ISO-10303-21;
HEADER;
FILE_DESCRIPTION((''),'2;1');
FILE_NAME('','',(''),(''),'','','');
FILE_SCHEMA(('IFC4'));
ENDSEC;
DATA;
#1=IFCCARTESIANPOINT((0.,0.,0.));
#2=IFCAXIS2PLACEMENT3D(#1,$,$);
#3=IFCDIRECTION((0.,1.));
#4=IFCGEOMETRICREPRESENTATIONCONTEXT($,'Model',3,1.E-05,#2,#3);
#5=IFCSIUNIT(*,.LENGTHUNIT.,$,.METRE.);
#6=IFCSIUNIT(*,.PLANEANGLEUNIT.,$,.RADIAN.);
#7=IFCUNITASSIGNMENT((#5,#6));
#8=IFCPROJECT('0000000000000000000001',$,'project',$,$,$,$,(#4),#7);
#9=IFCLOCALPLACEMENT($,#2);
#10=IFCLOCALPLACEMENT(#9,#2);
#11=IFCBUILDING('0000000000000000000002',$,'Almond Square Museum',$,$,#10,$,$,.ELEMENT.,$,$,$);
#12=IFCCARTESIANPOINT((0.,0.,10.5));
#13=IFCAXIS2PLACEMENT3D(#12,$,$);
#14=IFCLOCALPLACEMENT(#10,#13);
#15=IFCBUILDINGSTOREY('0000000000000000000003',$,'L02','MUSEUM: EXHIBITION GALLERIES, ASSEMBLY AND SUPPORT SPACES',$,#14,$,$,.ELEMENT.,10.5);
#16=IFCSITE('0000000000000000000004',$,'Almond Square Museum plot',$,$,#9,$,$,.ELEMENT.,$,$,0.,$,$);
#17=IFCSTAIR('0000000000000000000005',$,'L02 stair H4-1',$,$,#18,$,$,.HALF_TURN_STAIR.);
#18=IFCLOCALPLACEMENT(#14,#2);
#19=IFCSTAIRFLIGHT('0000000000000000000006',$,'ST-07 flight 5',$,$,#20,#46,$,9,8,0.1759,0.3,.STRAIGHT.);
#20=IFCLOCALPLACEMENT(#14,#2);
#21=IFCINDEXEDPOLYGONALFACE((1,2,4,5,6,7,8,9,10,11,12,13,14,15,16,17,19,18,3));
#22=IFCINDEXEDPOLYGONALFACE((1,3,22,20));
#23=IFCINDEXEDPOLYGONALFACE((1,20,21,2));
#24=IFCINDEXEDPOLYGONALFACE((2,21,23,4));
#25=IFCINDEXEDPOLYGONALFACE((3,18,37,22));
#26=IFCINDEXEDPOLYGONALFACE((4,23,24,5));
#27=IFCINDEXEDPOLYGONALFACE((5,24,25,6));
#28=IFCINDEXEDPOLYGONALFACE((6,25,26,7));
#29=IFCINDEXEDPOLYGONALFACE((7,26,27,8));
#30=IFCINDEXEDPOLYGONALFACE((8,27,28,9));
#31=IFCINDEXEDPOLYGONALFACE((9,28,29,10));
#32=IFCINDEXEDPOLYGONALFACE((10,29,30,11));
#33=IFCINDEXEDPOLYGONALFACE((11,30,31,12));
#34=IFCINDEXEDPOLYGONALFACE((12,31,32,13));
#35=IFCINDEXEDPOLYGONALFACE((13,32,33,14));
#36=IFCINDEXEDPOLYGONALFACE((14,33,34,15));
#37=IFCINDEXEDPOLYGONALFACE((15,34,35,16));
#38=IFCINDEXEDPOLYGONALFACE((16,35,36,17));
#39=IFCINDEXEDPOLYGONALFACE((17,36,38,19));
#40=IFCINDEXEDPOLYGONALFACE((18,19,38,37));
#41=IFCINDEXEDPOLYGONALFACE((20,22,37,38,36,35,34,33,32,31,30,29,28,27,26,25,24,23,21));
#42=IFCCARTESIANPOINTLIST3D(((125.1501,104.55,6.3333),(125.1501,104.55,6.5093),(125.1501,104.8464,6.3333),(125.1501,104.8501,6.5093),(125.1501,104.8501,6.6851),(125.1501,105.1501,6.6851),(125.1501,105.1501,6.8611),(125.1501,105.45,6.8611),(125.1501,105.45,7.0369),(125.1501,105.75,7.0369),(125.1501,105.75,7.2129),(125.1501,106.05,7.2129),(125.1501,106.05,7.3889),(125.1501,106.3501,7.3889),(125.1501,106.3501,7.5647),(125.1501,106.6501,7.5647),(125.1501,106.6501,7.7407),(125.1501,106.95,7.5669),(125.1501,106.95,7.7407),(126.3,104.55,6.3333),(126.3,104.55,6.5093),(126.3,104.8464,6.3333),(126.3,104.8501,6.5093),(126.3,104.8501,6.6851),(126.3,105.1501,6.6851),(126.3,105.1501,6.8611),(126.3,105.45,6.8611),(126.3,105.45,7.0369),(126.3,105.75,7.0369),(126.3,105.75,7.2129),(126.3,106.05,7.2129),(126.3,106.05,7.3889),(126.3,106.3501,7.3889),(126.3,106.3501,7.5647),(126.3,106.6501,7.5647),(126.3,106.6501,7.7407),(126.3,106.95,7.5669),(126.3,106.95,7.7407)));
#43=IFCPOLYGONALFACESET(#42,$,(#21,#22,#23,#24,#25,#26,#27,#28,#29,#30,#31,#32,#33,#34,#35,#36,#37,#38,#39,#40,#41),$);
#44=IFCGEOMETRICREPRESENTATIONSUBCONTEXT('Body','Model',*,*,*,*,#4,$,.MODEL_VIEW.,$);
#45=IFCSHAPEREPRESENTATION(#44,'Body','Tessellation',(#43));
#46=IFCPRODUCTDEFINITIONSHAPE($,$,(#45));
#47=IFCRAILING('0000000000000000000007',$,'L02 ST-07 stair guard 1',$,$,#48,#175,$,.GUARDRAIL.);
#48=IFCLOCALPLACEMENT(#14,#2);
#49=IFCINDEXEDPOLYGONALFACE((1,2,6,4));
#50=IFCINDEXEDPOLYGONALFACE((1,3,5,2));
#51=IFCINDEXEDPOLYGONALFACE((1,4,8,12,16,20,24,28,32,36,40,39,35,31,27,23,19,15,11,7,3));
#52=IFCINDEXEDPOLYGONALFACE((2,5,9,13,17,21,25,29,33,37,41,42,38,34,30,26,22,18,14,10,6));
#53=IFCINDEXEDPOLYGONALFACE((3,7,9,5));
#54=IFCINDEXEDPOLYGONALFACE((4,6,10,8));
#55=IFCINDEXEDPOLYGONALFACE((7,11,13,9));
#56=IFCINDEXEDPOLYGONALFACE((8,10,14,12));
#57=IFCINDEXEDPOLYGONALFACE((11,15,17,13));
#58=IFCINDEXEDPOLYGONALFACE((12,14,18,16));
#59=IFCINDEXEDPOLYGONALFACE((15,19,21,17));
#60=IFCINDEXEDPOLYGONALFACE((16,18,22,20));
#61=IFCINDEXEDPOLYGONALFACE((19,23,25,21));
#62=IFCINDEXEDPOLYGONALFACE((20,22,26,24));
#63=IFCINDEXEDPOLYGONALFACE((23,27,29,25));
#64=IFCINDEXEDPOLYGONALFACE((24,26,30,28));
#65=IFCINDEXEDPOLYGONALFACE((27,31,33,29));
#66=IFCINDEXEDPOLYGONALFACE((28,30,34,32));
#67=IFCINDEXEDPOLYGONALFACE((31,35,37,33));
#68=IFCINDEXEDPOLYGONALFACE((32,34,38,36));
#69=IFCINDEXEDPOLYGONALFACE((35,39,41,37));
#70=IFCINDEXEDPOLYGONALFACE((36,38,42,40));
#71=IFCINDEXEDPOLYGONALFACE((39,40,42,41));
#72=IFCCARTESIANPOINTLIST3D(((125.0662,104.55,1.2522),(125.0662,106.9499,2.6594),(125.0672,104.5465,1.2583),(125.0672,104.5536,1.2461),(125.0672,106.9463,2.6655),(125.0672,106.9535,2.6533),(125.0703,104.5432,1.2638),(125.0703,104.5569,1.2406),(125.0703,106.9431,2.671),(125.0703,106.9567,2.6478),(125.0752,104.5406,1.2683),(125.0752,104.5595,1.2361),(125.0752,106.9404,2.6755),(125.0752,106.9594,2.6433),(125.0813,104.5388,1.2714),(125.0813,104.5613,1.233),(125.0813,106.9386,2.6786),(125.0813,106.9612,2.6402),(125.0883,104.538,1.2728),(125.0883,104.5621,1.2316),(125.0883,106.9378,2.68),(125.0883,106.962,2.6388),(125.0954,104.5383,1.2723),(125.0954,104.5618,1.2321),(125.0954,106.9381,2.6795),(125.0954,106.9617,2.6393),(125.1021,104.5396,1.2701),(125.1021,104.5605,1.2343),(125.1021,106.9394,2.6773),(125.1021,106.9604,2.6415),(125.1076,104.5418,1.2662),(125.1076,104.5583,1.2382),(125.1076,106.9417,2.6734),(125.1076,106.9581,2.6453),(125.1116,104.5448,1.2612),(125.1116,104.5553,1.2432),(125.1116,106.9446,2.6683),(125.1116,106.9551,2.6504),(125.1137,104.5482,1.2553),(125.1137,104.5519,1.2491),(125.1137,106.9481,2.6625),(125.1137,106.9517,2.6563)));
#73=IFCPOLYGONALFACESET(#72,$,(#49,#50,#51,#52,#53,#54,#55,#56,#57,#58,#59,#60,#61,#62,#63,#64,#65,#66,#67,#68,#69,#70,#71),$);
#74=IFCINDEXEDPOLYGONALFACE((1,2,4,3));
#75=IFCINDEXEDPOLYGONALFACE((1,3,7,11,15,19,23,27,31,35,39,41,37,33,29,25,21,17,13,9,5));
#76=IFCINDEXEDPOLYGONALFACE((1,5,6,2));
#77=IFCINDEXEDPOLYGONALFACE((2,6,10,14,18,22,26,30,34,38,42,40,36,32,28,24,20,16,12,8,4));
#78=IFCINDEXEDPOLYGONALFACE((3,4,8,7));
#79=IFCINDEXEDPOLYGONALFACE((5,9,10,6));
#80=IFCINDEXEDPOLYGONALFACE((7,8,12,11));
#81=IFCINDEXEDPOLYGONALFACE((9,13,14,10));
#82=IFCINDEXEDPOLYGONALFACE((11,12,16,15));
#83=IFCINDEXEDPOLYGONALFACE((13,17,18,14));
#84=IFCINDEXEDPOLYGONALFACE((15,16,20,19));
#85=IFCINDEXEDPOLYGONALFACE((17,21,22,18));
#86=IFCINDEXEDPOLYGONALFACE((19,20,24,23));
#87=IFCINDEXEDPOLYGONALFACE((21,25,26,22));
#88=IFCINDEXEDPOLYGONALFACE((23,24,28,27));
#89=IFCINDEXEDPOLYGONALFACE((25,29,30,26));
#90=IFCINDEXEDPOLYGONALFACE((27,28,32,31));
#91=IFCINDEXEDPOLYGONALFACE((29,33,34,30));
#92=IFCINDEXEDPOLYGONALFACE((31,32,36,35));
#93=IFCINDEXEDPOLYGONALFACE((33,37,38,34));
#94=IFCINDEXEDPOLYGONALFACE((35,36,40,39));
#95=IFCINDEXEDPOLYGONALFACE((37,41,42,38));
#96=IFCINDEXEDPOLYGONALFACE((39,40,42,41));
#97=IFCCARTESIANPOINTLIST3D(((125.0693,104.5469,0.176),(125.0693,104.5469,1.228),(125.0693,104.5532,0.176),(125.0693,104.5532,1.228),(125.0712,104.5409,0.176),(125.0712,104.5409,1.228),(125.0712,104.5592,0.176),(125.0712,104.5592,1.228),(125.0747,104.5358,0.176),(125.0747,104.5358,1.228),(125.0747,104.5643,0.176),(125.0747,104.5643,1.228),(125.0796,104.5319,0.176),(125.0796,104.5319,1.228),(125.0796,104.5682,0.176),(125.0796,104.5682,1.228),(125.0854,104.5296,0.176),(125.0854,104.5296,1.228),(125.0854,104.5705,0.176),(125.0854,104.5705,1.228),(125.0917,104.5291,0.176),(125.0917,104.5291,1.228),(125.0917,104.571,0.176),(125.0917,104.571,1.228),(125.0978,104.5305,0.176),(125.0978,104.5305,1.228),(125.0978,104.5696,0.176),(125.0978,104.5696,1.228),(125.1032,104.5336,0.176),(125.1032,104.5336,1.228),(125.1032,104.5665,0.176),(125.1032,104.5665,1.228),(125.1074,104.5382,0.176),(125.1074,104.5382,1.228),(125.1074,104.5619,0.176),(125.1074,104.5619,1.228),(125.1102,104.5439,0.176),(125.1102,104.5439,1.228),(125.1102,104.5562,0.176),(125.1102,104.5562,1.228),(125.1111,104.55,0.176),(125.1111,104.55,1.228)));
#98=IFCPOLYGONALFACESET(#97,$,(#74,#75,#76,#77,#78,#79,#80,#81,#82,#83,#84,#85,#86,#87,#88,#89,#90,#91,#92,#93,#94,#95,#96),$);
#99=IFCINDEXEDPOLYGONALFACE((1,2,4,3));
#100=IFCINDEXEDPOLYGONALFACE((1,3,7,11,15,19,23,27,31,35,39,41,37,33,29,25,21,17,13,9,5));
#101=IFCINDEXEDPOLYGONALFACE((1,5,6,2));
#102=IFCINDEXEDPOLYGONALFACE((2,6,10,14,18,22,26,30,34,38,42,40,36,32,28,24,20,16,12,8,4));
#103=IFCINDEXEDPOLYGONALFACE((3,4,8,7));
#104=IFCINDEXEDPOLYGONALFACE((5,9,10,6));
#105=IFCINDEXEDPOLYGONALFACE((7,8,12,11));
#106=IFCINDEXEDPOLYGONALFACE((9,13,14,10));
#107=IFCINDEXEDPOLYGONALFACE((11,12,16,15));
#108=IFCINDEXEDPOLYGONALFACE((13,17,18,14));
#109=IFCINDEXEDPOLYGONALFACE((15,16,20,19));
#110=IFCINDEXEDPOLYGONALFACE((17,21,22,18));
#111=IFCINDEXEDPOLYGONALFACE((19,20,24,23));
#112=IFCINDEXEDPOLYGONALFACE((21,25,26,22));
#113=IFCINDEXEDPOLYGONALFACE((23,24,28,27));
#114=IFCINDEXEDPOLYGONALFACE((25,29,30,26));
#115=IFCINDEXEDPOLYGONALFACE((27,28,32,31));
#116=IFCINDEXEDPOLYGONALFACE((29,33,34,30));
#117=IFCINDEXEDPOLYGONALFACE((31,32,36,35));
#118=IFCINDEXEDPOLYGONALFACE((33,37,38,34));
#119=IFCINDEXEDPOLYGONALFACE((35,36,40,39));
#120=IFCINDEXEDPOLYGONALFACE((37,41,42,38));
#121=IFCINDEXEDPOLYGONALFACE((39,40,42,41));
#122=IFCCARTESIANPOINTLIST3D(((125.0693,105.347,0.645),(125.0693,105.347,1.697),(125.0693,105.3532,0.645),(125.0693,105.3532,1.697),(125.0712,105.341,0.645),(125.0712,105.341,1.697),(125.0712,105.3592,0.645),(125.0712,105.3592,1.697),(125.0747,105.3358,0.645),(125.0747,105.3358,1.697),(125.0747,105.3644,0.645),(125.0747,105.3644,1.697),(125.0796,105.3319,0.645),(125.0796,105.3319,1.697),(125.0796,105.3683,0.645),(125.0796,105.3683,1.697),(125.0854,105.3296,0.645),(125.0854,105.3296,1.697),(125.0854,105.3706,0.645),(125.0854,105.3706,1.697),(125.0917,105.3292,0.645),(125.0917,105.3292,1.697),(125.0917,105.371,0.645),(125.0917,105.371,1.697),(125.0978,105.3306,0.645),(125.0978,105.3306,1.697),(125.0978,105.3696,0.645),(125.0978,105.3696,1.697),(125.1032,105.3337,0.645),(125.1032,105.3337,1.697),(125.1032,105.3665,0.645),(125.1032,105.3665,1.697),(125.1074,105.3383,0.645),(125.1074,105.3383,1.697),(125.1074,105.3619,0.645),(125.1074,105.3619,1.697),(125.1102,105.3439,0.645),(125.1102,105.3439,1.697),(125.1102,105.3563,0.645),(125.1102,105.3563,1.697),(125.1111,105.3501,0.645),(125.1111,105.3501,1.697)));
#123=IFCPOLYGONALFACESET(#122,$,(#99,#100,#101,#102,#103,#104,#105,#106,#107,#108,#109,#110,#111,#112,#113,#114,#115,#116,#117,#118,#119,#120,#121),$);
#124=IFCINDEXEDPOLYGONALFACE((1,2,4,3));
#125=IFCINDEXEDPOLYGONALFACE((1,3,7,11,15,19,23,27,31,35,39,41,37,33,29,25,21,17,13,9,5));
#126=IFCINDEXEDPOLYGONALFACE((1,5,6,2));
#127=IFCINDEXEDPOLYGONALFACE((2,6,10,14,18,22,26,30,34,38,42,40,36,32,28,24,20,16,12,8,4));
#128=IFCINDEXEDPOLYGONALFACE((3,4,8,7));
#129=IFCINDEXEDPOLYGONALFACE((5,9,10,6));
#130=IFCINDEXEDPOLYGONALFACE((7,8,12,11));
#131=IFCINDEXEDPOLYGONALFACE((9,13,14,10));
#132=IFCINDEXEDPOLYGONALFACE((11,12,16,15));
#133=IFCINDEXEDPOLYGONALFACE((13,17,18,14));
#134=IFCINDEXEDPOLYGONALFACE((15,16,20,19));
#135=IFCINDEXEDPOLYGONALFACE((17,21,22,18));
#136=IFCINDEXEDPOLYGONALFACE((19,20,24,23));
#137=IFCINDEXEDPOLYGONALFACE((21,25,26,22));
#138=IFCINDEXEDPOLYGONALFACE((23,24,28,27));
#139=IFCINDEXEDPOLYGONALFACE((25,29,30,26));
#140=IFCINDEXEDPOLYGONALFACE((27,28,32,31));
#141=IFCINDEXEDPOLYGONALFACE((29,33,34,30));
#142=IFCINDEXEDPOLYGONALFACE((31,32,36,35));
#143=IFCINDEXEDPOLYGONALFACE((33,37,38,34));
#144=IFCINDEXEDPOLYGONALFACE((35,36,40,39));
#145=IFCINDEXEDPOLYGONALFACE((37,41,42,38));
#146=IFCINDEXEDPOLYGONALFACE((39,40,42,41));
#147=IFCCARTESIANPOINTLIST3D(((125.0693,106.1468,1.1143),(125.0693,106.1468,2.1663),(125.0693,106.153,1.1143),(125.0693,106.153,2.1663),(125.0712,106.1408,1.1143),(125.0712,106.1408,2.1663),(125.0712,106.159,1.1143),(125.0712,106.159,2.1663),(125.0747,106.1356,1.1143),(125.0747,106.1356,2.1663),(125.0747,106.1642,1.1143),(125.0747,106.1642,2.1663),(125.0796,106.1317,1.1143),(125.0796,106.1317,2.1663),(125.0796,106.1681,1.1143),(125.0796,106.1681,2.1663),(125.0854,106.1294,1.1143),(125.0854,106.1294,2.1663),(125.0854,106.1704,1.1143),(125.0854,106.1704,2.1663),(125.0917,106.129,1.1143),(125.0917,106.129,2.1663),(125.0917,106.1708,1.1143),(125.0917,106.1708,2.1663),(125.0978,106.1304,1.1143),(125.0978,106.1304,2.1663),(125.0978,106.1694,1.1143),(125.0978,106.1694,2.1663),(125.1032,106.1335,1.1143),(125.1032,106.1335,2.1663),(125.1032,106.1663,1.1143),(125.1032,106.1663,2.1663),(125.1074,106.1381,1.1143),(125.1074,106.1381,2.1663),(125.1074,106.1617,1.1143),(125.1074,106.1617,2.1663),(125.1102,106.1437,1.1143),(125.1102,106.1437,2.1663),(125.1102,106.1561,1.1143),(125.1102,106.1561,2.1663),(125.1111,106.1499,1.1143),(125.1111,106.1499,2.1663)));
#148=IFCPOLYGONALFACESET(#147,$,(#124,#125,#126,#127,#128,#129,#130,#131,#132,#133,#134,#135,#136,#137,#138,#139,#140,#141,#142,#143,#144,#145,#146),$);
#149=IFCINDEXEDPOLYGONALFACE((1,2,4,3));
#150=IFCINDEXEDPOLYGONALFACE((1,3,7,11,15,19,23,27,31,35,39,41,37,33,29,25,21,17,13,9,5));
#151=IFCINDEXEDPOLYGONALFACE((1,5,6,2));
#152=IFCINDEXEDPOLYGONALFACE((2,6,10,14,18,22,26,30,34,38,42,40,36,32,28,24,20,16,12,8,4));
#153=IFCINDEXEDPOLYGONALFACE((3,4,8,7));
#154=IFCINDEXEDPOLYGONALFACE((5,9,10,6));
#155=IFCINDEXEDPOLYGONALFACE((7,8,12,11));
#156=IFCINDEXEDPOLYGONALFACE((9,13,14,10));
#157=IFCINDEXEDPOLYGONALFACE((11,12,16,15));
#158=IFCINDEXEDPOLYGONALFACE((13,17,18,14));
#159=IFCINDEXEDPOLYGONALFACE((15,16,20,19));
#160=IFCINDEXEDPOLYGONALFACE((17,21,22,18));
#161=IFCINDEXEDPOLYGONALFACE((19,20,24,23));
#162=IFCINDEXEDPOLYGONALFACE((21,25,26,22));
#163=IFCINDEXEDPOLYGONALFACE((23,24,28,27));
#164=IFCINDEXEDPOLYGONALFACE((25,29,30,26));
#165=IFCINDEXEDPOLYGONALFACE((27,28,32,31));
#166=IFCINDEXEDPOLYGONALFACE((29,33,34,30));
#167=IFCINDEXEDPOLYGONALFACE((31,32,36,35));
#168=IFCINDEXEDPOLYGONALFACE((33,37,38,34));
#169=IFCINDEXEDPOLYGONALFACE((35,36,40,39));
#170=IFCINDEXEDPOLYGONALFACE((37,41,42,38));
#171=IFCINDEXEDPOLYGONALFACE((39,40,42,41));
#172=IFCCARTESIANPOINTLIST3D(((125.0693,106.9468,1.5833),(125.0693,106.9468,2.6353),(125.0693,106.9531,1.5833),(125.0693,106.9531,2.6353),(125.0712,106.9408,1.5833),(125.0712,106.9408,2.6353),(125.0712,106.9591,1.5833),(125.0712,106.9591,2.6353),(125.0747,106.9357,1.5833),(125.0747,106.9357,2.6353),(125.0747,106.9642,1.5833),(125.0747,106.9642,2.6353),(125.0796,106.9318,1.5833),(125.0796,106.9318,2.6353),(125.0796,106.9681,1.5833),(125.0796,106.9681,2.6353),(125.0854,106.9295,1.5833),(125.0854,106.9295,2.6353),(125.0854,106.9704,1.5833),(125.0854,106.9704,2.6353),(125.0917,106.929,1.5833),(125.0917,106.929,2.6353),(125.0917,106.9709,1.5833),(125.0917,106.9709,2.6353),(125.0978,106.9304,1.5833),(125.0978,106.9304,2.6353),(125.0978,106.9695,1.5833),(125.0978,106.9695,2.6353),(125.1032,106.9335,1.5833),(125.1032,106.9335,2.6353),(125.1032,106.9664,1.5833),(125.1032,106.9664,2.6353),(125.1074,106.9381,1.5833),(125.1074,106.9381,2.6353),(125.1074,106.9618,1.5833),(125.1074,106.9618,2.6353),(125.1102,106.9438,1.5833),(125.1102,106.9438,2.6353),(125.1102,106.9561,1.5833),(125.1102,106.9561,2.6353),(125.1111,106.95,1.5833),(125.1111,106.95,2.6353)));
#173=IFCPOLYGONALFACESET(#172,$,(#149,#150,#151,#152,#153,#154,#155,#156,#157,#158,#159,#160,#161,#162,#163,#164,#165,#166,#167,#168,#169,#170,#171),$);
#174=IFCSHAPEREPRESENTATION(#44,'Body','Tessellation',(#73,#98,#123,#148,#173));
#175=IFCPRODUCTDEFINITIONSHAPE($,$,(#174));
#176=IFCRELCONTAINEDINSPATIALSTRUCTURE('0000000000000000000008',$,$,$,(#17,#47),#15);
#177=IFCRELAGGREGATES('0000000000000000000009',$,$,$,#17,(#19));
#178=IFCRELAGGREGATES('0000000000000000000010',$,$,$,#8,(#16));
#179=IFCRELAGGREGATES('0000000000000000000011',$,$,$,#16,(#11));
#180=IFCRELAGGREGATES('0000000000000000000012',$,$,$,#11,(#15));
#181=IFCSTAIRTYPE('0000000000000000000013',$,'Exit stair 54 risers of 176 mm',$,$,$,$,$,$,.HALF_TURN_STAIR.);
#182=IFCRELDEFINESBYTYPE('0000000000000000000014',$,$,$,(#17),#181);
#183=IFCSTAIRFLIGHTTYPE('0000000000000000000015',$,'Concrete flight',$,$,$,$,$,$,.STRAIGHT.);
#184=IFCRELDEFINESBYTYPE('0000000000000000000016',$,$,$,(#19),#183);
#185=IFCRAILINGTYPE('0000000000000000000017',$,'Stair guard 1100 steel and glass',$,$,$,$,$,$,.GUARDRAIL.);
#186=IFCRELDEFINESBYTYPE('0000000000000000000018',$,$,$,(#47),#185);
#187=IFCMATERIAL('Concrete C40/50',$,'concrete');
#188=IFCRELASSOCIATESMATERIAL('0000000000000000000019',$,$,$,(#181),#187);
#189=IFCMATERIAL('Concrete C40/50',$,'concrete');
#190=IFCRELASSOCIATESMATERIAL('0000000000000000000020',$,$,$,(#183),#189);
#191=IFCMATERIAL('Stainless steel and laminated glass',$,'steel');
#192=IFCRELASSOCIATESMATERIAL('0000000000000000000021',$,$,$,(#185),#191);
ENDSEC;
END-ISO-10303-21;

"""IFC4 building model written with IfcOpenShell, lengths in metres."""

from ifc_helpers import new_model, si_unit, direction, frame, origin, origin_2d, place, context, subcontext, project, spatial, polyline, circle, outline, extrude, material, type_object, element, aggregate, save


model = new_model("IFC4")

# Units and contexts
model_context = context("Model", 3, precision=1e-05, world=origin(), true_north=direction((0.0, 1.0)))
body_context = subcontext(model_context, "Body", "Model", "MODEL_VIEW")
ifc_project = project(units=[si_unit("LENGTHUNIT", "METRE"), si_unit("PLANEANGLEUNIT", "RADIAN")], contexts=[model_context])

# Site, building, storey
site_placement = place(None, origin())
site = spatial("IfcSite", under=ifc_project, at=site_placement, Name="Almond Square Museum plot", CompositionType="ELEMENT", RefElevation=0.0)
building_placement = place(site_placement, origin())
building = spatial("IfcBuilding", under=site, at=building_placement, Name="Almond Square Museum", CompositionType="ELEMENT")
storey_placement = place(building_placement, frame((0.0, 0.0, 10.5)))
storey = spatial("IfcBuildingStorey", under=building, at=storey_placement, Name="L02", Description="MUSEUM: EXHIBITION GALLERIES, ASSEMBLY AND SUPPORT SPACES", CompositionType="ELEMENT", Elevation=10.5)

# Stair, stair flight
ifc_material_1 = material(Name="Concrete C40/50", Category="concrete")
stair_type = type_object("IfcStairType", Name="Exit stair 54 risers of 176 mm", PredefinedType="HALF_TURN_STAIR", material=ifc_material_1)
stair_placement = place(storey_placement, origin())
stair = element("IfcStair", 1, at=stair_placement, inside=storey, type_object=stair_type, Name="L02 stair H4-1", PredefinedType="HALF_TURN_STAIR")
ifc_material_2 = material(Name="Concrete C40/50", Category="concrete")
stair_flight_type = type_object("IfcStairFlightType", Name="Concrete flight", PredefinedType="STRAIGHT", material=ifc_material_2)
stair_flight_1_placement = place(storey_placement, frame((125.7251, 104.55, 6.3333), z_axis=(0.0, 0.0, 1.0), x_axis=(0.0, 1.0, 0.0)))
stair_flight_1 = element("IfcStairFlight", 2, at=stair_flight_1_placement, type_object=stair_flight_type, Name="ST-07 flight 5", NumberOfRisers=9, NumberOfTreads=8, PredefinedType="STRAIGHT", RiserHeight=0.1759, TreadLength=0.3, context=body_context, shape_type="SweptSolid", body=[
    extrude(outline(polyline([(0.0, 0.0), (0.0, 0.176), (0.3, 0.176), (0.3, 0.3518), (0.6001, 0.3518), (0.6001, 0.5278), (0.8999, 0.5278), (0.8999, 0.7036), (1.2, 0.7036), (1.2, 0.8796), (1.5, 0.8796), (1.5, 1.0557), (1.8, 1.0557), (1.8, 1.2314), (2.1001, 1.2314), (2.1001, 1.4075), (2.3999, 1.4075), (2.3999, 1.5833), (2.3999, 1.2336), (0.2964, 0.0), (0.0, 0.0)])), frame((0.0, 0.575, 0.0), z_axis=(0.0, -1.0, 0.0), x_axis=(1.0, 0.0, 0.0)), (0.0, 0.0, 1.0), 1.1499),
])
aggregate(stair, [stair_flight_1])

# Railing
ifc_material_3 = material(Name="Stainless steel and laminated glass", Category="steel")
railing_type_1 = type_object("IfcRailingType", Name="Stair guard 1100 steel and glass", PredefinedType="GUARDRAIL", material=ifc_material_3)
railing_1_placement = place(storey_placement, frame((125.0901, 104.55, 0.176)))
element("IfcRailing", 3, at=railing_1_placement, inside=storey, type_object=railing_type_1, Name="L02 ST-07 stair guard 1", PredefinedType="GUARDRAIL", context=body_context, shape_type="SweptSolid", body=[
    extrude(circle(Radius=0.0239, at=origin_2d()), frame((0.0, 0.0, 1.0762), z_axis=(0.0, 0.862637, 0.505823), x_axis=(-1.0, 0.0, 0.0)), (0.0, 0.0, 1.0), 2.782),
    extrude(circle(Radius=0.021, at=origin_2d()), origin(), (0.0, 0.0, 1.0), 1.052),
    extrude(circle(Radius=0.021, at=origin_2d()), frame((0.0, 0.8, 0.469)), (0.0, 0.0, 1.0), 1.052),
    extrude(circle(Radius=0.021, at=origin_2d()), frame((0.0, 1.5999, 0.9382)), (0.0, 0.0, 1.0), 1.052),
    extrude(circle(Radius=0.021, at=origin_2d()), frame((0.0, 2.3999, 1.4072)), (0.0, 0.0, 1.0), 1.052),
])

save(model, "model.ifc")
